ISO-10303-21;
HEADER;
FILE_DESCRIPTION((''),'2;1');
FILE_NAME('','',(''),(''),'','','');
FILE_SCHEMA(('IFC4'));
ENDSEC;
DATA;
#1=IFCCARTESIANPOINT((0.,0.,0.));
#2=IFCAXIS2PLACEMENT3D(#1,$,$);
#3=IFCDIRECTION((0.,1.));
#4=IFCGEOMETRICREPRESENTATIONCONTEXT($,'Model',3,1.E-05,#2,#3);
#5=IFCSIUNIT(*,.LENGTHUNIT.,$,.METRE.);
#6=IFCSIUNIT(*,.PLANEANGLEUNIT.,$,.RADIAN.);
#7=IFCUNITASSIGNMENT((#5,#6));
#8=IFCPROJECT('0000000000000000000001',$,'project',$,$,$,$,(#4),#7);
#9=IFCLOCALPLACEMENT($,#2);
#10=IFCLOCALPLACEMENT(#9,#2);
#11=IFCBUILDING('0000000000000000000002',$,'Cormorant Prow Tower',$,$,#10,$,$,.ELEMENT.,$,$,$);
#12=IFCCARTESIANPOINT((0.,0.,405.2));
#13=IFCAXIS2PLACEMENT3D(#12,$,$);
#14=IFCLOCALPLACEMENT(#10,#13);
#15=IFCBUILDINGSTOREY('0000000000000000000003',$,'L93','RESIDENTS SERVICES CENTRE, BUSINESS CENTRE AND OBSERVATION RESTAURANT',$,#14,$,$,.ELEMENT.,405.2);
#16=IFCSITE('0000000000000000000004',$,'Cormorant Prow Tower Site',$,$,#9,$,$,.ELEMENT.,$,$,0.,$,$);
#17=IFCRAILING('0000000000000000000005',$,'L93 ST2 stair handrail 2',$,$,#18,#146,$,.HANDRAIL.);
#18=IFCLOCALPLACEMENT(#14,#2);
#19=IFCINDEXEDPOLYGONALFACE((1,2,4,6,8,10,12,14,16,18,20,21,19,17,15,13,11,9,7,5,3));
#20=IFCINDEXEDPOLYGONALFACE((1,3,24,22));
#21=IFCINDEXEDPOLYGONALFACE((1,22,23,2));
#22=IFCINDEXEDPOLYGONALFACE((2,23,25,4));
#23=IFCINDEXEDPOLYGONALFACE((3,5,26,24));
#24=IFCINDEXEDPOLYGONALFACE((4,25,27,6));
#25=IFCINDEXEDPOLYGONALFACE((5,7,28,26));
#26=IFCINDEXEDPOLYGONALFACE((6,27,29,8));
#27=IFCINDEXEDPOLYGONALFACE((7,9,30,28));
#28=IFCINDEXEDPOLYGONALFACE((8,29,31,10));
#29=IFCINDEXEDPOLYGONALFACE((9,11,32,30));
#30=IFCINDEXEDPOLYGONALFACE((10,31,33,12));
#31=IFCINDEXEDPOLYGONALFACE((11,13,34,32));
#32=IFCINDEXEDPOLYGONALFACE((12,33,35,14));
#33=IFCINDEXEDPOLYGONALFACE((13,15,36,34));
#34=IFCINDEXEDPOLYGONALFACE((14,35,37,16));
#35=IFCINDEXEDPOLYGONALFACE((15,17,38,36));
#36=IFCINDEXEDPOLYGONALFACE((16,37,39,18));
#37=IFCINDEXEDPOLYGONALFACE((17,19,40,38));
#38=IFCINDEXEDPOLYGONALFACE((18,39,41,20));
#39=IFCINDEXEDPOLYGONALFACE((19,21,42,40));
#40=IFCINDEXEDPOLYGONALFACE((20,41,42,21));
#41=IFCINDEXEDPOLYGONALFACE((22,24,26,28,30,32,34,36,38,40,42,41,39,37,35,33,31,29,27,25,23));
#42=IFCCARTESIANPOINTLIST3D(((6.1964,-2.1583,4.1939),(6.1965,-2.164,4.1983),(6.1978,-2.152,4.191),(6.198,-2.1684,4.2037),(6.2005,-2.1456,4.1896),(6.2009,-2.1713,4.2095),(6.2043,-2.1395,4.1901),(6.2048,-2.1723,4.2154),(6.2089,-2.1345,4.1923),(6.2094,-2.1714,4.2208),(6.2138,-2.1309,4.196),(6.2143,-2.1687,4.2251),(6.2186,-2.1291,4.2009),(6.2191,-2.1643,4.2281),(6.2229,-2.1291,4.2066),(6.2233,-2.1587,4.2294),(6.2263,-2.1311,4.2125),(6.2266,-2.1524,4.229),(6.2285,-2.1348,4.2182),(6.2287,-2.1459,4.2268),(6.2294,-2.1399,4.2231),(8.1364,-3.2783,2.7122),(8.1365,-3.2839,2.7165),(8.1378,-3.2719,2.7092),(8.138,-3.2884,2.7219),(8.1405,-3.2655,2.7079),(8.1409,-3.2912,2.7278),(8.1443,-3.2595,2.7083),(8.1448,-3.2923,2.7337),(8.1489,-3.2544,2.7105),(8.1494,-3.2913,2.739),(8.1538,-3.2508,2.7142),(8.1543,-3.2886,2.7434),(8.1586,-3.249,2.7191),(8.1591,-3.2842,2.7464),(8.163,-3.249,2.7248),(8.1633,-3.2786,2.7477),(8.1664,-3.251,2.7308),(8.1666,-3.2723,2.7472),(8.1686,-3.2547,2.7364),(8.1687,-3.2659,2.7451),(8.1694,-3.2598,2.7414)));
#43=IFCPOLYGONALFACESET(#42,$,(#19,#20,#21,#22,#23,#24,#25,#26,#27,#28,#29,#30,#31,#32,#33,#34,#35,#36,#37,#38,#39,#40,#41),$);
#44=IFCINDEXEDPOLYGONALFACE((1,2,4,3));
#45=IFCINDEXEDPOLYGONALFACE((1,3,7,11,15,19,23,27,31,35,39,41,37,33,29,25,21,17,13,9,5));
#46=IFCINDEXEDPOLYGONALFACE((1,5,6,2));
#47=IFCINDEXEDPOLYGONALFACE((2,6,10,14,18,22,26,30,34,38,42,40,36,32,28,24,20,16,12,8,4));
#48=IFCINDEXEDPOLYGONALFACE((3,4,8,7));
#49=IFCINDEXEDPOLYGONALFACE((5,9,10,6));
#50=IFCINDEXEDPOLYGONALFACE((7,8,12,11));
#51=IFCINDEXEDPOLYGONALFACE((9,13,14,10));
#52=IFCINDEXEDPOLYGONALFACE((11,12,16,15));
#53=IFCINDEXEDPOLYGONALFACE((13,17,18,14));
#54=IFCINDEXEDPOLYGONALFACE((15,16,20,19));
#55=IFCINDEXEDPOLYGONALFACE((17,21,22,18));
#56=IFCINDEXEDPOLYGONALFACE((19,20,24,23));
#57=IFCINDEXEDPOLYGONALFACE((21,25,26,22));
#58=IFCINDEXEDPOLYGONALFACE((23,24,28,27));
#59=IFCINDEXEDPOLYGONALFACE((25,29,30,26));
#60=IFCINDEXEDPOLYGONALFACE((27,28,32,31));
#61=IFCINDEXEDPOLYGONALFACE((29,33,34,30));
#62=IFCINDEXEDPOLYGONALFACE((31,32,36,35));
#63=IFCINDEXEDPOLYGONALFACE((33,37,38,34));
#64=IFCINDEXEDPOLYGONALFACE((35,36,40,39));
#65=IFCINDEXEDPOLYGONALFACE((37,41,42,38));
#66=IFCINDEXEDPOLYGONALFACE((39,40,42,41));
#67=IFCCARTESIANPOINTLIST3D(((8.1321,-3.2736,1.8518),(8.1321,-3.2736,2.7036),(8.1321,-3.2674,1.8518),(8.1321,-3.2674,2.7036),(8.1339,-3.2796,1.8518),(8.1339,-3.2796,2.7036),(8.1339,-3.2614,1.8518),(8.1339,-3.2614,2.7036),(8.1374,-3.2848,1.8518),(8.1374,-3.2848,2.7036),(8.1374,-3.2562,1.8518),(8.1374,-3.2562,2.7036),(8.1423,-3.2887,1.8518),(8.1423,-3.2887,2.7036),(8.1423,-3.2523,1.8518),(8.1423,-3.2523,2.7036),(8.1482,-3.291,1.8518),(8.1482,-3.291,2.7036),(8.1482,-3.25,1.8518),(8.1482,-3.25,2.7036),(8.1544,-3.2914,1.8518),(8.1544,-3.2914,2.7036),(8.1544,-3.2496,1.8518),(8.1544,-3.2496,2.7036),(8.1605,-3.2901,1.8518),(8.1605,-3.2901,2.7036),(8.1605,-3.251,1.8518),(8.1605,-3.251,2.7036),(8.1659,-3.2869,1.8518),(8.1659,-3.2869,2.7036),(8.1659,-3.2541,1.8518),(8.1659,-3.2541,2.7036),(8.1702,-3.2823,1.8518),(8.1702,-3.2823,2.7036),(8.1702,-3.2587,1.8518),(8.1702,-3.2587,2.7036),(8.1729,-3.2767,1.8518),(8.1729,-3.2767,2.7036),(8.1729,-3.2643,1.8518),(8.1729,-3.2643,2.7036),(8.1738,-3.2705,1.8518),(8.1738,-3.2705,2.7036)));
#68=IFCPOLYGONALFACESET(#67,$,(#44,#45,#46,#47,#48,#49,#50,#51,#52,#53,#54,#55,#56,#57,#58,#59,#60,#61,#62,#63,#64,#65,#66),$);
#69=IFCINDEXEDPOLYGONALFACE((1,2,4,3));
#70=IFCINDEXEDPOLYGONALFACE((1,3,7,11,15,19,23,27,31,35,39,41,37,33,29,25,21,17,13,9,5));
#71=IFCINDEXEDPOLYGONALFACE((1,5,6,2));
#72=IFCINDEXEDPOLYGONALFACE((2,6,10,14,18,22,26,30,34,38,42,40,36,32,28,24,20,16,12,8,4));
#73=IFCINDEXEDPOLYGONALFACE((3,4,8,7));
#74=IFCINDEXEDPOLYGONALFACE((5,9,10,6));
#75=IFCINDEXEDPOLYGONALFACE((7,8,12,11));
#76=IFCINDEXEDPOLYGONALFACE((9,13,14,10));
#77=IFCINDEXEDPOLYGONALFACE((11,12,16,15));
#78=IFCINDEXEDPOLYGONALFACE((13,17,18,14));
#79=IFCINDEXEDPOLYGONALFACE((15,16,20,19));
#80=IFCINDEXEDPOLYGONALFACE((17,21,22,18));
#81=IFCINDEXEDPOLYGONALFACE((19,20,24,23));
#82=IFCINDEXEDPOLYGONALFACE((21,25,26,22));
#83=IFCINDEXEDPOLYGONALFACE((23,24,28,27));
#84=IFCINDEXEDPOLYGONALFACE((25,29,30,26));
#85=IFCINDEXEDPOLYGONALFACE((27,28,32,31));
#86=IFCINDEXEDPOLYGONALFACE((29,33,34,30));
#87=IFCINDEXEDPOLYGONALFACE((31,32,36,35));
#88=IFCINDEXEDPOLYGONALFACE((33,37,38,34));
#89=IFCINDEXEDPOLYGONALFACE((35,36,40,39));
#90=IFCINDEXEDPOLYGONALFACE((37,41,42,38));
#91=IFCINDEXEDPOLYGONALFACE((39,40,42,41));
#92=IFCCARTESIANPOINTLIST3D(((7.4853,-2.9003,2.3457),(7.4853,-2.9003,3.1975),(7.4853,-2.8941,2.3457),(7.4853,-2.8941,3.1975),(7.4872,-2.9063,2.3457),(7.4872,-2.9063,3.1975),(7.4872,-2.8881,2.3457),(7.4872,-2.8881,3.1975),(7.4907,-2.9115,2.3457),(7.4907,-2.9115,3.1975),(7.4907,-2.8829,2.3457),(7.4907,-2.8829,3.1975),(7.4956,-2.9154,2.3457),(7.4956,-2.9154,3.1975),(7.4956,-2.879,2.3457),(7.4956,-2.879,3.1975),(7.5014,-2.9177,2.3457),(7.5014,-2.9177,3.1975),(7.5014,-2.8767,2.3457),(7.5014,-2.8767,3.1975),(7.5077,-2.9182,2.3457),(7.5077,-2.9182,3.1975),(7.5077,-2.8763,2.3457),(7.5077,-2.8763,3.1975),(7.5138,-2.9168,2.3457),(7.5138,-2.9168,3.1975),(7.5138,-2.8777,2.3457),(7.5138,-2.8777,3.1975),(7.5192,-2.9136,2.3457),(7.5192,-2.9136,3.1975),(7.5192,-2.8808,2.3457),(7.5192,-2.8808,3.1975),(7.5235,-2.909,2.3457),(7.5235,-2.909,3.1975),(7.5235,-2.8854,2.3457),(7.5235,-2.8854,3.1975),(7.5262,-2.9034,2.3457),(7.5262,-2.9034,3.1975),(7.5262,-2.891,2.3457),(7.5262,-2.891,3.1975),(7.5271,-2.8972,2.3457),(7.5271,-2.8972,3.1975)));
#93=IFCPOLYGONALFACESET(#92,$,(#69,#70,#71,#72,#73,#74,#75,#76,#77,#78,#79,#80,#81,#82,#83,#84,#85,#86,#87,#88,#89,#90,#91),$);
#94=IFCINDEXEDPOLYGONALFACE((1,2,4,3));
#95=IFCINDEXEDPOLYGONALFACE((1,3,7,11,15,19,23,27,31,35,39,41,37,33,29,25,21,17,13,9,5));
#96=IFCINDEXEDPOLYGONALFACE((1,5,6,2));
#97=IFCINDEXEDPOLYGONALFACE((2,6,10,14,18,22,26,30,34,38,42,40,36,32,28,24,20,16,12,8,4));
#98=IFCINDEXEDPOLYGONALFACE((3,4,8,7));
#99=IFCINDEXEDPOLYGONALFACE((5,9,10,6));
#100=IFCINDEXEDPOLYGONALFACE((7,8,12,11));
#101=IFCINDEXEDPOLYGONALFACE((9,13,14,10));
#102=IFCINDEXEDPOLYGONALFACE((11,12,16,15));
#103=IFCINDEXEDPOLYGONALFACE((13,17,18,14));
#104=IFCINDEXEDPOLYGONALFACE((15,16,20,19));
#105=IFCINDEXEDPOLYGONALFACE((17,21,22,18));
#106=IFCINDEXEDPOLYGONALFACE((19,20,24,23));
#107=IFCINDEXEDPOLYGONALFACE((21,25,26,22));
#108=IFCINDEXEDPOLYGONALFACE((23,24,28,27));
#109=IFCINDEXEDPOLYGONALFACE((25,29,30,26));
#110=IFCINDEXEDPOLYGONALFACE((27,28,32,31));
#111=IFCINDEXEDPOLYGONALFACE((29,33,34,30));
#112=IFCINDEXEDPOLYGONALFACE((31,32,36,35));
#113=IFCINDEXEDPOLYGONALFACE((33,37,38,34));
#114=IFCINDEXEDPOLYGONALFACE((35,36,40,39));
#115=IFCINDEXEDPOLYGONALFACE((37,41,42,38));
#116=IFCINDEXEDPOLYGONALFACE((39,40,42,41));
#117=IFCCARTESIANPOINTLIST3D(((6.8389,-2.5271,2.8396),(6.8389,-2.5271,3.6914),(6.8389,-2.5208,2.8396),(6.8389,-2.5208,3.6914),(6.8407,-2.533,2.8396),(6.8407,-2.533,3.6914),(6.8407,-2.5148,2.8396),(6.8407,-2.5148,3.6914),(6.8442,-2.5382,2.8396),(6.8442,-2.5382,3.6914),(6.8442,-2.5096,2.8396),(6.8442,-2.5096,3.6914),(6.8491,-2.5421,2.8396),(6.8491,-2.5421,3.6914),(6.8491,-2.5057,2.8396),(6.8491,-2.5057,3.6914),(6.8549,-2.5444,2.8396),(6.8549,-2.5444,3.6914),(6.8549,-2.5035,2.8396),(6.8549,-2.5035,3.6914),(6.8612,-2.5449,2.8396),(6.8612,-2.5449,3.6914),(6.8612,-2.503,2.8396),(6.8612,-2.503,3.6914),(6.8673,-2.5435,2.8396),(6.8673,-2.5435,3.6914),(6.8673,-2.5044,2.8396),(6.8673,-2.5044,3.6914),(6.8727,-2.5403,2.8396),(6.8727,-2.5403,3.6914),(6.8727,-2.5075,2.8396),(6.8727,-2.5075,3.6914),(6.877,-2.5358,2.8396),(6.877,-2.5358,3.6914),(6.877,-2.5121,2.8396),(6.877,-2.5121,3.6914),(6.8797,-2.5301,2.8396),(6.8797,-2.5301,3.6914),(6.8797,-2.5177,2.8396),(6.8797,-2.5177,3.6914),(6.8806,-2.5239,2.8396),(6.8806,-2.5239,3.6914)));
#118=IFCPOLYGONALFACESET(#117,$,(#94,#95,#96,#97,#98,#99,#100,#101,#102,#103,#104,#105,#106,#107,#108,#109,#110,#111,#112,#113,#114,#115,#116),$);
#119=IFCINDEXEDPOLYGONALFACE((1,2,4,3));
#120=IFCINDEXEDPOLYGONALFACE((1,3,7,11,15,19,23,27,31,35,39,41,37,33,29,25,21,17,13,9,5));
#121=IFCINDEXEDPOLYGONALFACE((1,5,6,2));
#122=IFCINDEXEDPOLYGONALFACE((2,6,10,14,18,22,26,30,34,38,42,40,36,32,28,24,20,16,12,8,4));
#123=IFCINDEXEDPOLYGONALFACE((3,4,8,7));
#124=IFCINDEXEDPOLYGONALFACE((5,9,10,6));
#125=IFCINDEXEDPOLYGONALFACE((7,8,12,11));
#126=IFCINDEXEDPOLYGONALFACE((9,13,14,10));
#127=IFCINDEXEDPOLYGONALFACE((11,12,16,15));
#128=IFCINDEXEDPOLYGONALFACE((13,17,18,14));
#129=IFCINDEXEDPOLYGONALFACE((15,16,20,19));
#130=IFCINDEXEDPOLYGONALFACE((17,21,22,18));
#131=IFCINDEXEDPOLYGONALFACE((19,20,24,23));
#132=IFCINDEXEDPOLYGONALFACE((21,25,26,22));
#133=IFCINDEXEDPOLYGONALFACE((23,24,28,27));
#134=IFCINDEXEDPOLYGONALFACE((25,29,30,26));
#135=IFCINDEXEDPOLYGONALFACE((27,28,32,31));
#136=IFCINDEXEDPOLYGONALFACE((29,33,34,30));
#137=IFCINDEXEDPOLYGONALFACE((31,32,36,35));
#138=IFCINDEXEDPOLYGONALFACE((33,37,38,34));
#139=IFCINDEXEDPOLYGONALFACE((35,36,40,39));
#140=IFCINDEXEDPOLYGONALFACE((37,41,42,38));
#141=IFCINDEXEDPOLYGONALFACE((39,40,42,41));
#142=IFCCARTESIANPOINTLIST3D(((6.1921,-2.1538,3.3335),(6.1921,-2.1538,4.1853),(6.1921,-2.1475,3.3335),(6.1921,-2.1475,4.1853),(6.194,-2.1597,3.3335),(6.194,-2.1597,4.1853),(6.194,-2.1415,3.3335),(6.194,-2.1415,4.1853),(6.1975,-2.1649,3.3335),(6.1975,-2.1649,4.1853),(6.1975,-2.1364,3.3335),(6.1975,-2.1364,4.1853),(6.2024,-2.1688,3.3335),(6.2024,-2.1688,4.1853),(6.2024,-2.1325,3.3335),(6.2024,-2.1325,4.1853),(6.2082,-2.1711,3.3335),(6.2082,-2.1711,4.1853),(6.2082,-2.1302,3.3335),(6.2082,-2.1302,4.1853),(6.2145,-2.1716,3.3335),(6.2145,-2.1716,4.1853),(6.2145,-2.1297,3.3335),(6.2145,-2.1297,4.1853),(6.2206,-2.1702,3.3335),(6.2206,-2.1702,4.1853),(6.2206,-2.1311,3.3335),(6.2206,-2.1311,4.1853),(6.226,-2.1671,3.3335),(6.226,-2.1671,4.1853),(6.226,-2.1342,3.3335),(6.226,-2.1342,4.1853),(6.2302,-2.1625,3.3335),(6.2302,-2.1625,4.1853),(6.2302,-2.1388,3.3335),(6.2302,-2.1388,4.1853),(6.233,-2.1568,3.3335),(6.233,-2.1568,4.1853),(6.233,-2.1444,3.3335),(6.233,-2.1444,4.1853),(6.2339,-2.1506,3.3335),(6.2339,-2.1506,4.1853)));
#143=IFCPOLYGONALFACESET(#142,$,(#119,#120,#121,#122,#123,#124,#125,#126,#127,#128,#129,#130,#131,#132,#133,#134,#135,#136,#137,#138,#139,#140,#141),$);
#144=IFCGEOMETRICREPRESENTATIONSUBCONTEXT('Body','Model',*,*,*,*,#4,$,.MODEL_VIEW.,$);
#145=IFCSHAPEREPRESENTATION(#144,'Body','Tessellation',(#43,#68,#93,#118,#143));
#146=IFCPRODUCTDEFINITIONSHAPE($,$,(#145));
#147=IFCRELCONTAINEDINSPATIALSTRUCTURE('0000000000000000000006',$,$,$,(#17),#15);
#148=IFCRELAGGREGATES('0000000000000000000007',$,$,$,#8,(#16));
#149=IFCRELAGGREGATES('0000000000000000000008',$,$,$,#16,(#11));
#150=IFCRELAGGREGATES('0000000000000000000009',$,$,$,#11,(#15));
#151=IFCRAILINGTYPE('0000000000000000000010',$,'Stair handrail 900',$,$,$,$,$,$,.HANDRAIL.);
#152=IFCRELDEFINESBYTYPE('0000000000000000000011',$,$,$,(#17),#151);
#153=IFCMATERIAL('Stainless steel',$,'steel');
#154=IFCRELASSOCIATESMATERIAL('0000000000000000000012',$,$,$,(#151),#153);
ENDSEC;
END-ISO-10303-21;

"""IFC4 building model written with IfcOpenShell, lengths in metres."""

from ifc_helpers import new_model, si_unit, direction, frame, origin, origin_2d, place, context, subcontext, project, spatial, circle, extrude, material, type_object, element, save


model = new_model("IFC4")

# Units and contexts
model_context = context("Model", 3, precision=1e-05, world=origin(), true_north=direction((0.0, 1.0)))
body_context = subcontext(model_context, "Body", "Model", "MODEL_VIEW")
ifc_project = project(units=[si_unit("LENGTHUNIT", "METRE"), si_unit("PLANEANGLEUNIT", "RADIAN")], contexts=[model_context])

# Site, building, storey
site_placement = place(None, origin())
site = spatial("IfcSite", under=ifc_project, at=site_placement, Name="Cormorant Prow Tower Site", CompositionType="ELEMENT", RefElevation=0.0)
building_placement = place(site_placement, origin())
building = spatial("IfcBuilding", under=site, at=building_placement, Name="Cormorant Prow Tower", CompositionType="ELEMENT")
storey_placement = place(building_placement, frame((0.0, 0.0, 405.2)))
storey = spatial("IfcBuildingStorey", under=building, at=storey_placement, Name="L93", Description="RESIDENTS SERVICES CENTRE, BUSINESS CENTRE AND OBSERVATION RESTAURANT", CompositionType="ELEMENT", Elevation=405.2)

# Railing
ifc_material_1 = material(Name="Stainless steel", Category="steel")
railing_type_1 = type_object("IfcRailingType", Name="Stair handrail 900", PredefinedType="HANDRAIL", material=ifc_material_1)
railing_1_placement = place(storey_placement, frame((8.1528, -3.2705, 1.8518)))
element("IfcRailing", 1, at=railing_1_placement, inside=storey, type_object=railing_type_1, Name="L93 ST2 stair handrail 2", PredefinedType="HANDRAIL", context=body_context, shape_type="SweptSolid", body=[
    extrude(circle(Radius=0.0239, at=origin_2d()), frame((0.0, 0.0, 0.876), z_axis=(-0.722327, 0.416979, 0.551699), x_axis=(-0.499949, -0.866055, 0.0)), (0.0, 0.0, 1.0), 2.6858),
    extrude(circle(Radius=0.021, at=origin_2d()), origin(), (0.0, 0.0, 1.0), 0.8518),
    extrude(circle(Radius=0.021, at=origin_2d()), frame((-0.6467, 0.3733, 0.4939)), (0.0, 0.0, 1.0), 0.8518),
    extrude(circle(Radius=0.021, at=origin_2d()), frame((-1.2932, 0.7466, 0.9878)), (0.0, 0.0, 1.0), 0.8518),
    extrude(circle(Radius=0.021, at=origin_2d()), frame((-1.9399, 1.1199, 1.4817)), (0.0, 0.0, 1.0), 0.8518),
])

save(model, "model.ifc")
